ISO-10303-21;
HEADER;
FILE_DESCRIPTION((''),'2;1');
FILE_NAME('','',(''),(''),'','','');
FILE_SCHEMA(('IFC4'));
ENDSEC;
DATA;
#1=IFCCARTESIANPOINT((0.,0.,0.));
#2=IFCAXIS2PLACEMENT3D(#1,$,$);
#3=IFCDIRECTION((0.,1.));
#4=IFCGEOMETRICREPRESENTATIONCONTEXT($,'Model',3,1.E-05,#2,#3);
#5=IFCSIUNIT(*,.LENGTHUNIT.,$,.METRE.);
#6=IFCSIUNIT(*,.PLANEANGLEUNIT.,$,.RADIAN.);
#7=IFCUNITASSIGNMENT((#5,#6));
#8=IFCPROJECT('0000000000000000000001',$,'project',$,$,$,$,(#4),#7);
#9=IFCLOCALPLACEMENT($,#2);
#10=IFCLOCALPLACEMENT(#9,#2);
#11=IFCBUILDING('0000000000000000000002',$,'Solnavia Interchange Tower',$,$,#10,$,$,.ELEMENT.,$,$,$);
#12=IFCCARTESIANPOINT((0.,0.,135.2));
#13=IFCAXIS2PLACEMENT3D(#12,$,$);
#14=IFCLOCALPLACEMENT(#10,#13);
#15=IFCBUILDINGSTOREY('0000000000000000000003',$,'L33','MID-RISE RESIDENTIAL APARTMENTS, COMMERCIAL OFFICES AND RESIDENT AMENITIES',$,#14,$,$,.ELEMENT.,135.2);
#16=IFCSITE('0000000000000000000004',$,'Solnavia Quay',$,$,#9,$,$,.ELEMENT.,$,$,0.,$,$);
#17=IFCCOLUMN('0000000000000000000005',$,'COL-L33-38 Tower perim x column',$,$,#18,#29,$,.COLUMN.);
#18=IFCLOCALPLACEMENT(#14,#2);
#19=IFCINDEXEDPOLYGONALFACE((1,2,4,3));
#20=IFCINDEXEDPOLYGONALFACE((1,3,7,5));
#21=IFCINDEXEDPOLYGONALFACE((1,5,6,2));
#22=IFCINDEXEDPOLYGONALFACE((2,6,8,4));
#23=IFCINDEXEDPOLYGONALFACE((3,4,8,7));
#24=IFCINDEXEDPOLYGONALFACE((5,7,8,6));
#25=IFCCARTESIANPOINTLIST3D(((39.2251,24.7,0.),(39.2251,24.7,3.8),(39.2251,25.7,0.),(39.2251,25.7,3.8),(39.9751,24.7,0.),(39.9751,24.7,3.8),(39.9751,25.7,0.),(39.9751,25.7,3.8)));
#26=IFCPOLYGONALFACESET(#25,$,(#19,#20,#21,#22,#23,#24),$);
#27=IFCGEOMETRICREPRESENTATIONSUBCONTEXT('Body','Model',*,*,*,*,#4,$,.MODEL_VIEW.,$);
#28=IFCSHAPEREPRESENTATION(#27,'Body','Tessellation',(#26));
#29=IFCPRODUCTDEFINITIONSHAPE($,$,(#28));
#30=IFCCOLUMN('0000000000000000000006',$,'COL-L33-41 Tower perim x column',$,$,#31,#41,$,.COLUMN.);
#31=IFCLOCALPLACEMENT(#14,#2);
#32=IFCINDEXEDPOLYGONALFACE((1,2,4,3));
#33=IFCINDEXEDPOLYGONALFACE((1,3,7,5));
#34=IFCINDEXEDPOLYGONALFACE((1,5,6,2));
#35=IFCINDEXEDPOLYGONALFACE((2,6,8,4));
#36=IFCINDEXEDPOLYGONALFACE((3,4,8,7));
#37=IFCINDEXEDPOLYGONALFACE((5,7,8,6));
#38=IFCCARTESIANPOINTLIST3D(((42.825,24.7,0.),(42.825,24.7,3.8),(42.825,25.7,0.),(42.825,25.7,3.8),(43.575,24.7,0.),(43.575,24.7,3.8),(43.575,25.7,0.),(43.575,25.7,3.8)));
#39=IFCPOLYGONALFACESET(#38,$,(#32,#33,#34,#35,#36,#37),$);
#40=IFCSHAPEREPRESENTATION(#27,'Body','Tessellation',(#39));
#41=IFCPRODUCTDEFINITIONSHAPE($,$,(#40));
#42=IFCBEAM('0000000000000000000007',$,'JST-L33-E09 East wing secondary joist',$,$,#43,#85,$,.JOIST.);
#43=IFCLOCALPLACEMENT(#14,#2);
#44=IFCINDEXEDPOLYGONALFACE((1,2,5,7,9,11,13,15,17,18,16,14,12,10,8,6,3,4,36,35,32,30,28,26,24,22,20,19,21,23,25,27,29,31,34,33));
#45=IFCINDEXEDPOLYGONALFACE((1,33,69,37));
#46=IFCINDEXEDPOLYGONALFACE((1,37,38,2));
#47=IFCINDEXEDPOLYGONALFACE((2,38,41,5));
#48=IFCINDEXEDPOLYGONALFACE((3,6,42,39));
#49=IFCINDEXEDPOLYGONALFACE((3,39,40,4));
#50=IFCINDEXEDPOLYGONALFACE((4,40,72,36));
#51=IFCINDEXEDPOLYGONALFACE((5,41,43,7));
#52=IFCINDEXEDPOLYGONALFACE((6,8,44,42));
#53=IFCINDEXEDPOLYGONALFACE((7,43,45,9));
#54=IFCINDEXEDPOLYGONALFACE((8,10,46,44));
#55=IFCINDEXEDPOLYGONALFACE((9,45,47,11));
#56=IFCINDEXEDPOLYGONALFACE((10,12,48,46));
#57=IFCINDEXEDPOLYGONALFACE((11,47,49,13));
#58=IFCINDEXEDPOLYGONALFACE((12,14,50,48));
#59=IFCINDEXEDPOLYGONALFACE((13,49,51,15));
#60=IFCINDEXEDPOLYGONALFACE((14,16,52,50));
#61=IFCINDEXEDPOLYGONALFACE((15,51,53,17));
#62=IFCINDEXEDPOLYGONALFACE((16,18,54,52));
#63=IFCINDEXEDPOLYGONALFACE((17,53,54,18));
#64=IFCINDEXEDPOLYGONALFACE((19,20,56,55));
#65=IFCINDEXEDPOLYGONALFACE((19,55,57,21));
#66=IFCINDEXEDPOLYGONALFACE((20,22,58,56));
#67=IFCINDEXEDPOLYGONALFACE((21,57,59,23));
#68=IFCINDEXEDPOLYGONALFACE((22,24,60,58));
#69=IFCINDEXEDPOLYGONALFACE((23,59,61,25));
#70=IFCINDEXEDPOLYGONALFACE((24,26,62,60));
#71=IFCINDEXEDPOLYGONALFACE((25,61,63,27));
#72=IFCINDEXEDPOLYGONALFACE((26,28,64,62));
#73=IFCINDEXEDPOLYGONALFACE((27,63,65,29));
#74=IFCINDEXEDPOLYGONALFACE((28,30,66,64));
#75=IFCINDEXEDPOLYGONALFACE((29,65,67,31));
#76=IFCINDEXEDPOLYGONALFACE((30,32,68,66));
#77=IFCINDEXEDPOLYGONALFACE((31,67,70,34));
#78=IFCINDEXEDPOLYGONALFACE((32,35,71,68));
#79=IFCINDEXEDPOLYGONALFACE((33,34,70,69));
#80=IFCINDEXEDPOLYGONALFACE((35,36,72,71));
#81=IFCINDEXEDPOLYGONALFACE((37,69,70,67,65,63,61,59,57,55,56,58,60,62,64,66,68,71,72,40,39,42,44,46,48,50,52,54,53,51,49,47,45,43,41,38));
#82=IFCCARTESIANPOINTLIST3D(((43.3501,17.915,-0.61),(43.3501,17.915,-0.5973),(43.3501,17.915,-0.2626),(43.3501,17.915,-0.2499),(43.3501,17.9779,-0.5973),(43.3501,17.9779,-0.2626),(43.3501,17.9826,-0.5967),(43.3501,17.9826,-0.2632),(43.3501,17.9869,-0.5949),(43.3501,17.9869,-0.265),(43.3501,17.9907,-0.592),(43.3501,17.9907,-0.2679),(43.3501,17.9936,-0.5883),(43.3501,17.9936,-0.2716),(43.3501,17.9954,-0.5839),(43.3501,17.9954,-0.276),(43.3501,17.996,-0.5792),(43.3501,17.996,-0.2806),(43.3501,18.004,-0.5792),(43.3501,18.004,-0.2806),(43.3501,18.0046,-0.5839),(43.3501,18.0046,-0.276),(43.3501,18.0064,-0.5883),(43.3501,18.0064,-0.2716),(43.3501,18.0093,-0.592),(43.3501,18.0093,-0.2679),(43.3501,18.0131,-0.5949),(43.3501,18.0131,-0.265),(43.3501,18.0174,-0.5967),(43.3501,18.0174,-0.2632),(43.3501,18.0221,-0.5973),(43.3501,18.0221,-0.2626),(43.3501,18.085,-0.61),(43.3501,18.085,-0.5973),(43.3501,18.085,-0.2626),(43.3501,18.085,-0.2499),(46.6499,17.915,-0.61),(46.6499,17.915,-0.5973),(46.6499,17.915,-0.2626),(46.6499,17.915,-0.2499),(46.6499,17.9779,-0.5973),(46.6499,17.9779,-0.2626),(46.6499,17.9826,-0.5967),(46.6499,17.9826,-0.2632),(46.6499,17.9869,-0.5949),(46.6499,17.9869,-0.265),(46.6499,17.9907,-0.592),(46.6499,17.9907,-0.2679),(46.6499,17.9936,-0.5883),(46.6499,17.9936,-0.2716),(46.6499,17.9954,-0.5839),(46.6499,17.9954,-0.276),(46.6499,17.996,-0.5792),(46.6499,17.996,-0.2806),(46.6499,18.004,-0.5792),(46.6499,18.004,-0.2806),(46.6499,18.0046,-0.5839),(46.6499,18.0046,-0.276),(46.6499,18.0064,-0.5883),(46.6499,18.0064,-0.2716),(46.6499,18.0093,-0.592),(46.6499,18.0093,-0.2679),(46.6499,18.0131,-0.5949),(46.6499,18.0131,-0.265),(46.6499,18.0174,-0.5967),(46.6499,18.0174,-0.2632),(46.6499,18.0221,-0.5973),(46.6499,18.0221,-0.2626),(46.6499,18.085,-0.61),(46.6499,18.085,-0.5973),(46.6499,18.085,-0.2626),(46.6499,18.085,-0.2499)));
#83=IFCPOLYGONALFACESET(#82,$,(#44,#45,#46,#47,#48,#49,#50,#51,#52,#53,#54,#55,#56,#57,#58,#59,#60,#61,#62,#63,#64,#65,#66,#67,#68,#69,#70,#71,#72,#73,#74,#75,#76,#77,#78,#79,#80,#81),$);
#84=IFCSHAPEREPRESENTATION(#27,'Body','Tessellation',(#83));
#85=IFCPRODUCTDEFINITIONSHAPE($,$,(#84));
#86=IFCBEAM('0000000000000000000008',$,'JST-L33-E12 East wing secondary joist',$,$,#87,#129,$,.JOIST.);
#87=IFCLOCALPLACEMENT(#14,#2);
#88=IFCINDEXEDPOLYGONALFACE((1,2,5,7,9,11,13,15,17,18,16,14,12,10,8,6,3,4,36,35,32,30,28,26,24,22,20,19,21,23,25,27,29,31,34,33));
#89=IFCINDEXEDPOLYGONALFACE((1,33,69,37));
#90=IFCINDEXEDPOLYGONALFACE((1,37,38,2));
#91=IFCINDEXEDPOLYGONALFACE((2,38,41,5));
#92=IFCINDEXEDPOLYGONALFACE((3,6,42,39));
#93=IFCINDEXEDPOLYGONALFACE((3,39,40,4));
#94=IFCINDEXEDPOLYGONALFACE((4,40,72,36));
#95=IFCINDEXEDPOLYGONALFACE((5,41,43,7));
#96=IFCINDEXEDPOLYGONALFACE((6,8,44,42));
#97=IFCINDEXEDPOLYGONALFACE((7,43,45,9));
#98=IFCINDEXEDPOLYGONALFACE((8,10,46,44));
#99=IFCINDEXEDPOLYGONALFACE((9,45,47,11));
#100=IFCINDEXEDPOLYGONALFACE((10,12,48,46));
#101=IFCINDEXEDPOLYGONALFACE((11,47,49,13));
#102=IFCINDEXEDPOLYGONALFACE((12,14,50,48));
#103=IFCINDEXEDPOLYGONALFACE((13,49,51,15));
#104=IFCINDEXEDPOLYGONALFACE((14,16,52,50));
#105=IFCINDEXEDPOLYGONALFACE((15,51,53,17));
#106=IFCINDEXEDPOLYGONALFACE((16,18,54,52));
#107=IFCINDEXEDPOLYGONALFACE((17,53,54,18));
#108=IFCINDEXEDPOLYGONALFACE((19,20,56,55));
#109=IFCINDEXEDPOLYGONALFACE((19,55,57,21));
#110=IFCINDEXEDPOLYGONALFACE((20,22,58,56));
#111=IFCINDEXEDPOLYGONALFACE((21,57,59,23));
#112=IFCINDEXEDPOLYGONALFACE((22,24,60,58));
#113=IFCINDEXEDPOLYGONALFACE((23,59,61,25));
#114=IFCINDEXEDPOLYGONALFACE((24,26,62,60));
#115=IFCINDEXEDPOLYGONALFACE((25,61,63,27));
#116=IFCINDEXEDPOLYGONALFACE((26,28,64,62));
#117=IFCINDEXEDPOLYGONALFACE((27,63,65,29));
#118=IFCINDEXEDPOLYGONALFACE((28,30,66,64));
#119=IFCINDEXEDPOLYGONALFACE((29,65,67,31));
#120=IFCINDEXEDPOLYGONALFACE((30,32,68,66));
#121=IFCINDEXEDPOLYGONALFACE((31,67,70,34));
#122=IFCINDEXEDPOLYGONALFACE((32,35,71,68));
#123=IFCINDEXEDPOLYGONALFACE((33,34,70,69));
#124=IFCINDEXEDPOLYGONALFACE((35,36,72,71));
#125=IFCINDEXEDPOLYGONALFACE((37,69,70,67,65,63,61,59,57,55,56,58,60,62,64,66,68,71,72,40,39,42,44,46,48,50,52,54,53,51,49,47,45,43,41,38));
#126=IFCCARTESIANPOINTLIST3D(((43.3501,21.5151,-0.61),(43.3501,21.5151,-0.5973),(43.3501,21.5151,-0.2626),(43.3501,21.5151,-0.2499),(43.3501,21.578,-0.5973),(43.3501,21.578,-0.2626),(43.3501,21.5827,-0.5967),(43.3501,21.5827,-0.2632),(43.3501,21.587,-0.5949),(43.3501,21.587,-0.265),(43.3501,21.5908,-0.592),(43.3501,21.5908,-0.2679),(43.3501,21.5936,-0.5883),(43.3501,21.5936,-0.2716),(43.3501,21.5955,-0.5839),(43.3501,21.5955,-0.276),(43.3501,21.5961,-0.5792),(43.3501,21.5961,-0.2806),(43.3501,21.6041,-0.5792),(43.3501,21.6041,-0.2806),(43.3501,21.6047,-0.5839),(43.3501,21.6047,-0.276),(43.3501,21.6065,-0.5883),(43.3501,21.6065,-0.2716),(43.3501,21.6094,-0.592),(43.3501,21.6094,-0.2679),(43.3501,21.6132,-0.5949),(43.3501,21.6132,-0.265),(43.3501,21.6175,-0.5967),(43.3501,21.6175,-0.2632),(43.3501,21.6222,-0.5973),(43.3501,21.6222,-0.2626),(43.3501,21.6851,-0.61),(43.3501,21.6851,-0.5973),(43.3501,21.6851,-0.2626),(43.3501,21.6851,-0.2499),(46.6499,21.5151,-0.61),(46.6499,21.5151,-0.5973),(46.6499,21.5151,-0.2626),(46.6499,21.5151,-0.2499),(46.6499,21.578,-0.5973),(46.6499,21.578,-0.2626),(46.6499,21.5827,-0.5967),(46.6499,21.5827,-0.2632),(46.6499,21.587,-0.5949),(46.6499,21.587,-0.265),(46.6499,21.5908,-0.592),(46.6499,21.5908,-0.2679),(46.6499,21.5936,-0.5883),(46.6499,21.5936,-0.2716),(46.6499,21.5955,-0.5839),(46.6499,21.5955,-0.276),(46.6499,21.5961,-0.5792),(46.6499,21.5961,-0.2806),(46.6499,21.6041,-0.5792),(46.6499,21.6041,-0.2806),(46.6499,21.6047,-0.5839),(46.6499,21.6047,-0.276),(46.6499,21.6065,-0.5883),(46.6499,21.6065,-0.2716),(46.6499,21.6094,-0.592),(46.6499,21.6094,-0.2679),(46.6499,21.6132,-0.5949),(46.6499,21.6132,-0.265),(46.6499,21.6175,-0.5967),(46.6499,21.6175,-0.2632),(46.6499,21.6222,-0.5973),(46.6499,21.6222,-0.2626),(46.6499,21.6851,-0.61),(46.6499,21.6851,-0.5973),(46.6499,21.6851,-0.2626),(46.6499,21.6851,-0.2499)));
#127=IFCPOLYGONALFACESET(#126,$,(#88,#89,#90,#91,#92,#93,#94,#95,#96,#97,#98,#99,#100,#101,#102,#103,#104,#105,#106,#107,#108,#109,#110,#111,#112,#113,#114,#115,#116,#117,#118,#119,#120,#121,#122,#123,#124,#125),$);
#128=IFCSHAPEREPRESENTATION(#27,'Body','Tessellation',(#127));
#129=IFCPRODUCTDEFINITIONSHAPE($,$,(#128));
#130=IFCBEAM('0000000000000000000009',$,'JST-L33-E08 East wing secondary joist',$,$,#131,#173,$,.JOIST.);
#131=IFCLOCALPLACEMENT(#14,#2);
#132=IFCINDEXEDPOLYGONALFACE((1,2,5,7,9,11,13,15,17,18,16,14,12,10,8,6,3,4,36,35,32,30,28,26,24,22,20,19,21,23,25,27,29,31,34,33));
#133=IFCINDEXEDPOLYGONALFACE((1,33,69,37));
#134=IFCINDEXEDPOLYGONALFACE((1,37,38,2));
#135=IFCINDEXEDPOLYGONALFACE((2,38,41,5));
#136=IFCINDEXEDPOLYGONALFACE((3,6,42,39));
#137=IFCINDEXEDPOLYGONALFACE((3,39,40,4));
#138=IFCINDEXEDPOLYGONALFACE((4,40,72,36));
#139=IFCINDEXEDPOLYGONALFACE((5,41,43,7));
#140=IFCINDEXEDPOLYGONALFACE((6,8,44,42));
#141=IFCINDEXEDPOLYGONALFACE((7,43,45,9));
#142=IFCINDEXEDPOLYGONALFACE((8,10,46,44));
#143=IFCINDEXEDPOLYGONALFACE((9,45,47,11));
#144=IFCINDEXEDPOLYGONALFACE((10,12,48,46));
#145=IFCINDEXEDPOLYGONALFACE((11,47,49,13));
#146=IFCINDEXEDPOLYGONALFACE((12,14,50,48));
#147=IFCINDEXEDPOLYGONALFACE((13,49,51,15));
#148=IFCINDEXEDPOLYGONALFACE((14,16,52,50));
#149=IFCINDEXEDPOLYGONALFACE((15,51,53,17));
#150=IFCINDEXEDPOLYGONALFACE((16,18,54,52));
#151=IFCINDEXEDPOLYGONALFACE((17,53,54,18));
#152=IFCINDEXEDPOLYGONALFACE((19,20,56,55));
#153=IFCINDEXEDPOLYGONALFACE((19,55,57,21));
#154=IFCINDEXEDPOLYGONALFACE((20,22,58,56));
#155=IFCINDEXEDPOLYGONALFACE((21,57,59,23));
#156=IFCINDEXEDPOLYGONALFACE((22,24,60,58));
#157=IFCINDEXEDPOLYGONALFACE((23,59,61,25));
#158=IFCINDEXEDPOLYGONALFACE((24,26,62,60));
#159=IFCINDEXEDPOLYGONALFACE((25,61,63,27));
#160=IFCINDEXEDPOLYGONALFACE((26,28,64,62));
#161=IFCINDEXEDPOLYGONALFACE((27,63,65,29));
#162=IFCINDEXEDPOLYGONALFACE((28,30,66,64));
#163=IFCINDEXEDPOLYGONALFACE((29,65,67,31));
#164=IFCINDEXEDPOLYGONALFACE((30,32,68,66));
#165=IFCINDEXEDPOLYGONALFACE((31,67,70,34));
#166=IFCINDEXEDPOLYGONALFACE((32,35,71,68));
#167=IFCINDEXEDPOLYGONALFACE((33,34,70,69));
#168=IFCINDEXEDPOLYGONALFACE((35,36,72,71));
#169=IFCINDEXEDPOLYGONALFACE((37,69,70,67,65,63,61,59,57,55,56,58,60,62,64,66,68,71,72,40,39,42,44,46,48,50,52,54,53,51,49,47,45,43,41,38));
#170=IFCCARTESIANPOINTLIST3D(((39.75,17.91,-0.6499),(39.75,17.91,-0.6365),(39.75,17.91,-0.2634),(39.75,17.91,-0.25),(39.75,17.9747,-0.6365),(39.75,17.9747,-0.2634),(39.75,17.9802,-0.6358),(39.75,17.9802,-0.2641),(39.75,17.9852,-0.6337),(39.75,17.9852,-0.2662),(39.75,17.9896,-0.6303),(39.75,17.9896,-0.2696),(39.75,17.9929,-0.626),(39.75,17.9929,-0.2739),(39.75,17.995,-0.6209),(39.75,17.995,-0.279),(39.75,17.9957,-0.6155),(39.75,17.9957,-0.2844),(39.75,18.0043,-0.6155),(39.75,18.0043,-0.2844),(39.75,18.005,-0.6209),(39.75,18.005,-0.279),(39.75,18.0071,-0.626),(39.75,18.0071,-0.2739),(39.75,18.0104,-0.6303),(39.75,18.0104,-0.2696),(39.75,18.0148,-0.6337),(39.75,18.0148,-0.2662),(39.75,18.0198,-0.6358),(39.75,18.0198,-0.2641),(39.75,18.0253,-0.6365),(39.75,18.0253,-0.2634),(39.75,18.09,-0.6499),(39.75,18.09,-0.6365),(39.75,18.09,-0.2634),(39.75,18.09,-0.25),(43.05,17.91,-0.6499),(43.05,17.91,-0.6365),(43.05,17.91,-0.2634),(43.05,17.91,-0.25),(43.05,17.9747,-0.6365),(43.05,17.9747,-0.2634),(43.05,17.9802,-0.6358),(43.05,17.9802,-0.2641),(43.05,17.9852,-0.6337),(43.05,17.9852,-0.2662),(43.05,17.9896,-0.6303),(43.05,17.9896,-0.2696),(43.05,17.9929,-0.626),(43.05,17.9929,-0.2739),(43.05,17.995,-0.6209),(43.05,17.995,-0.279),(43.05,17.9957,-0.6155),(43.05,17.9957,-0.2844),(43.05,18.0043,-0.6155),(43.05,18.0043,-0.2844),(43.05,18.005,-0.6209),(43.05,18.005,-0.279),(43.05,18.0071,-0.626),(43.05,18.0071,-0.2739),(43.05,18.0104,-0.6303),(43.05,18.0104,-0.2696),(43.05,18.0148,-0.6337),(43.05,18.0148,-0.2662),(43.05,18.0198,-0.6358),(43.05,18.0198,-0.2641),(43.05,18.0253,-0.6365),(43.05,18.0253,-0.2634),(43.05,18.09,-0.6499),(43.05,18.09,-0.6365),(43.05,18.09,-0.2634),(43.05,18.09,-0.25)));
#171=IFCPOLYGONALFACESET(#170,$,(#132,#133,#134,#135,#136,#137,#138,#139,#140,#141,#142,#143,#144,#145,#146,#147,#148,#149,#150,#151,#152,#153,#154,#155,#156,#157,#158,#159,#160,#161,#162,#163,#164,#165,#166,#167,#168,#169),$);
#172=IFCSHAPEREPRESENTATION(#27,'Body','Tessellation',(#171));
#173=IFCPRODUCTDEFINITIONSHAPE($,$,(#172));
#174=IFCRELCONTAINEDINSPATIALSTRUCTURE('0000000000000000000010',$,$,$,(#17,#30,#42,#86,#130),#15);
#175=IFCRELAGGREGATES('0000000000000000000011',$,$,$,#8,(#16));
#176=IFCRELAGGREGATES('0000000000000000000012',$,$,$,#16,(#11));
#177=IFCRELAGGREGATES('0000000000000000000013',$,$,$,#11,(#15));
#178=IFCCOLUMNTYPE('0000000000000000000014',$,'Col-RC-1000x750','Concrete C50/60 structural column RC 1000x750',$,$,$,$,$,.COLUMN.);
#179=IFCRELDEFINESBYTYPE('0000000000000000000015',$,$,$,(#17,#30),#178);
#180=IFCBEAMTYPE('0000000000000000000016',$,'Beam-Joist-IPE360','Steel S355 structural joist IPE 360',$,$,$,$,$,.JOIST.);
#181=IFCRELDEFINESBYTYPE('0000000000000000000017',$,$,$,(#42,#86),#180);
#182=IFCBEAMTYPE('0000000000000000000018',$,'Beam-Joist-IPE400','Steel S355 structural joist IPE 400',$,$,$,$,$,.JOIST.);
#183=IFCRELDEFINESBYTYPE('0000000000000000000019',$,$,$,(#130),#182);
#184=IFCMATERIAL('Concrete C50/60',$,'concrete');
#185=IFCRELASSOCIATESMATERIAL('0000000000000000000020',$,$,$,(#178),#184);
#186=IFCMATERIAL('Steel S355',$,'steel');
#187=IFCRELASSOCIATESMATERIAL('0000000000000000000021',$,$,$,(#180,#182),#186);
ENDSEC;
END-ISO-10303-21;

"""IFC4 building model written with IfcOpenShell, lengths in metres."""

from ifc_helpers import new_model, si_unit, direction, frame, origin, origin_2d, place, context, subcontext, project, spatial, rectangle, i_section, extrude, material, material_profile, profile_set, type_object, element, save


model = new_model("IFC4")

# Units and contexts
model_context = context("Model", 3, precision=1e-05, world=origin(), true_north=direction((0.0, 1.0)))
body_context = subcontext(model_context, "Body", "Model", "MODEL_VIEW")
ifc_project = project(units=[si_unit("LENGTHUNIT", "METRE"), si_unit("PLANEANGLEUNIT", "RADIAN")], contexts=[model_context])

# Site, building, storey
site_placement = place(None, origin())
site = spatial("IfcSite", under=ifc_project, at=site_placement, Name="Solnavia Quay", CompositionType="ELEMENT", RefElevation=0.0)
building_placement = place(site_placement, origin())
building = spatial("IfcBuilding", under=site, at=building_placement, Name="Solnavia Interchange Tower", CompositionType="ELEMENT")
storey_placement = place(building_placement, frame((0.0, 0.0, 135.2)))
storey = spatial("IfcBuildingStorey", under=building, at=storey_placement, Name="L33", Description="MID-RISE RESIDENTIAL APARTMENTS, COMMERCIAL OFFICES AND RESIDENT AMENITIES", CompositionType="ELEMENT", Elevation=135.2)

# Columns
ifc_material_1 = material(Name="Concrete C50/60", Category="concrete")
ifc_material_profile_1 = material_profile(ifc_material_1, rectangle(XDim=0.75, YDim=1.0, at=origin_2d()), Name="RC 1000x750")
ifc_profile_set_1 = profile_set([ifc_material_profile_1], Name="Concrete C50/60")
column_type = type_object("IfcColumnType", Name="Col-RC-1000x750", Description="Concrete C50/60 structural column RC 1000x750", PredefinedType="COLUMN", material=ifc_profile_set_1)
for number, where, z_axis, x_axis, name in (
    (1, (39.6001, 25.2, 0.0), (0.0, 0.0, 1.0), (1.0, 0.0, 0.0), "COL-L33-38 Tower perim x column"),
    (2, (43.2, 25.2, 0.0), (0.0, 0.0, 1.0), (1.0, 0.0, 0.0), "COL-L33-41 Tower perim x column"),
):
    element("IfcColumn", number, at=place(storey_placement, frame(where, z_axis=z_axis, x_axis=x_axis)), inside=storey, type_object=column_type, Name=name, PredefinedType="COLUMN", context=body_context, shape_type="SweptSolid", body=[
        extrude(rectangle(XDim=0.75, YDim=1.0, at=origin_2d()), origin(), (0.0, 0.0, 1.0), 3.8),
    ])

# Beams
ifc_material_2 = material(Name="Steel S355", Category="steel")
ifc_material_profile_2 = material_profile(ifc_material_2, i_section(OverallWidth=0.1699, OverallDepth=0.3601, WebThickness=0.0081, FlangeThickness=0.0127, FilletRadius=0.0181, at=origin_2d()), Name="IPE 360")
ifc_profile_set_2 = profile_set([ifc_material_profile_2], Name="Steel S355")
beam_type_1 = type_object("IfcBeamType", Name="Beam-Joist-IPE360", Description="Steel S355 structural joist IPE 360", PredefinedType="JOIST", material=ifc_profile_set_2)
for number, where, z_axis, x_axis, name in (
    (3, (43.3501, 18.0, -0.4299), (1.0, 0.0, 0.0), (0.0, 1.0, 0.0), "JST-L33-E09 East wing secondary joist"),
    (4, (43.3501, 21.6001, -0.4299), (1.0, 0.0, 0.0), (0.0, 1.0, 0.0), "JST-L33-E12 East wing secondary joist"),
):
    element("IfcBeam", number, at=place(storey_placement, frame(where, z_axis=z_axis, x_axis=x_axis)), inside=storey, type_object=beam_type_1, Name=name, PredefinedType="JOIST", context=body_context, shape_type="SweptSolid", body=[
        extrude(i_section(OverallWidth=0.1699, OverallDepth=0.3601, WebThickness=0.0081, FlangeThickness=0.0127, FilletRadius=0.0181, at=origin_2d()), origin(), (0.0, 0.0, 1.0), 3.2998),
    ])
ifc_material_profile_3 = material_profile(ifc_material_2, i_section(OverallWidth=0.1799, OverallDepth=0.3999, WebThickness=0.0085, FlangeThickness=0.0134, FilletRadius=0.021, at=origin_2d()), Name="IPE 400")
ifc_profile_set_3 = profile_set([ifc_material_profile_3], Name="Steel S355")
beam_type_2 = type_object("IfcBeamType", Name="Beam-Joist-IPE400", Description="Steel S355 structural joist IPE 400", PredefinedType="JOIST", material=ifc_profile_set_3)
for number, where, z_axis, x_axis, name in (
    (5, (39.75, 18.0, -0.45), (1.0, 0.0, 0.0), (0.0, 1.0, 0.0), "JST-L33-E08 East wing secondary joist"),
):
    element("IfcBeam", number, at=place(storey_placement, frame(where, z_axis=z_axis, x_axis=x_axis)), inside=storey, type_object=beam_type_2, Name=name, PredefinedType="JOIST", context=body_context, shape_type="SweptSolid", body=[
        extrude(i_section(OverallWidth=0.1799, OverallDepth=0.3999, WebThickness=0.0085, FlangeThickness=0.0134, FilletRadius=0.021, at=origin_2d()), origin(), (0.0, 0.0, 1.0), 3.3),
    ])

save(model, "model.ifc")
